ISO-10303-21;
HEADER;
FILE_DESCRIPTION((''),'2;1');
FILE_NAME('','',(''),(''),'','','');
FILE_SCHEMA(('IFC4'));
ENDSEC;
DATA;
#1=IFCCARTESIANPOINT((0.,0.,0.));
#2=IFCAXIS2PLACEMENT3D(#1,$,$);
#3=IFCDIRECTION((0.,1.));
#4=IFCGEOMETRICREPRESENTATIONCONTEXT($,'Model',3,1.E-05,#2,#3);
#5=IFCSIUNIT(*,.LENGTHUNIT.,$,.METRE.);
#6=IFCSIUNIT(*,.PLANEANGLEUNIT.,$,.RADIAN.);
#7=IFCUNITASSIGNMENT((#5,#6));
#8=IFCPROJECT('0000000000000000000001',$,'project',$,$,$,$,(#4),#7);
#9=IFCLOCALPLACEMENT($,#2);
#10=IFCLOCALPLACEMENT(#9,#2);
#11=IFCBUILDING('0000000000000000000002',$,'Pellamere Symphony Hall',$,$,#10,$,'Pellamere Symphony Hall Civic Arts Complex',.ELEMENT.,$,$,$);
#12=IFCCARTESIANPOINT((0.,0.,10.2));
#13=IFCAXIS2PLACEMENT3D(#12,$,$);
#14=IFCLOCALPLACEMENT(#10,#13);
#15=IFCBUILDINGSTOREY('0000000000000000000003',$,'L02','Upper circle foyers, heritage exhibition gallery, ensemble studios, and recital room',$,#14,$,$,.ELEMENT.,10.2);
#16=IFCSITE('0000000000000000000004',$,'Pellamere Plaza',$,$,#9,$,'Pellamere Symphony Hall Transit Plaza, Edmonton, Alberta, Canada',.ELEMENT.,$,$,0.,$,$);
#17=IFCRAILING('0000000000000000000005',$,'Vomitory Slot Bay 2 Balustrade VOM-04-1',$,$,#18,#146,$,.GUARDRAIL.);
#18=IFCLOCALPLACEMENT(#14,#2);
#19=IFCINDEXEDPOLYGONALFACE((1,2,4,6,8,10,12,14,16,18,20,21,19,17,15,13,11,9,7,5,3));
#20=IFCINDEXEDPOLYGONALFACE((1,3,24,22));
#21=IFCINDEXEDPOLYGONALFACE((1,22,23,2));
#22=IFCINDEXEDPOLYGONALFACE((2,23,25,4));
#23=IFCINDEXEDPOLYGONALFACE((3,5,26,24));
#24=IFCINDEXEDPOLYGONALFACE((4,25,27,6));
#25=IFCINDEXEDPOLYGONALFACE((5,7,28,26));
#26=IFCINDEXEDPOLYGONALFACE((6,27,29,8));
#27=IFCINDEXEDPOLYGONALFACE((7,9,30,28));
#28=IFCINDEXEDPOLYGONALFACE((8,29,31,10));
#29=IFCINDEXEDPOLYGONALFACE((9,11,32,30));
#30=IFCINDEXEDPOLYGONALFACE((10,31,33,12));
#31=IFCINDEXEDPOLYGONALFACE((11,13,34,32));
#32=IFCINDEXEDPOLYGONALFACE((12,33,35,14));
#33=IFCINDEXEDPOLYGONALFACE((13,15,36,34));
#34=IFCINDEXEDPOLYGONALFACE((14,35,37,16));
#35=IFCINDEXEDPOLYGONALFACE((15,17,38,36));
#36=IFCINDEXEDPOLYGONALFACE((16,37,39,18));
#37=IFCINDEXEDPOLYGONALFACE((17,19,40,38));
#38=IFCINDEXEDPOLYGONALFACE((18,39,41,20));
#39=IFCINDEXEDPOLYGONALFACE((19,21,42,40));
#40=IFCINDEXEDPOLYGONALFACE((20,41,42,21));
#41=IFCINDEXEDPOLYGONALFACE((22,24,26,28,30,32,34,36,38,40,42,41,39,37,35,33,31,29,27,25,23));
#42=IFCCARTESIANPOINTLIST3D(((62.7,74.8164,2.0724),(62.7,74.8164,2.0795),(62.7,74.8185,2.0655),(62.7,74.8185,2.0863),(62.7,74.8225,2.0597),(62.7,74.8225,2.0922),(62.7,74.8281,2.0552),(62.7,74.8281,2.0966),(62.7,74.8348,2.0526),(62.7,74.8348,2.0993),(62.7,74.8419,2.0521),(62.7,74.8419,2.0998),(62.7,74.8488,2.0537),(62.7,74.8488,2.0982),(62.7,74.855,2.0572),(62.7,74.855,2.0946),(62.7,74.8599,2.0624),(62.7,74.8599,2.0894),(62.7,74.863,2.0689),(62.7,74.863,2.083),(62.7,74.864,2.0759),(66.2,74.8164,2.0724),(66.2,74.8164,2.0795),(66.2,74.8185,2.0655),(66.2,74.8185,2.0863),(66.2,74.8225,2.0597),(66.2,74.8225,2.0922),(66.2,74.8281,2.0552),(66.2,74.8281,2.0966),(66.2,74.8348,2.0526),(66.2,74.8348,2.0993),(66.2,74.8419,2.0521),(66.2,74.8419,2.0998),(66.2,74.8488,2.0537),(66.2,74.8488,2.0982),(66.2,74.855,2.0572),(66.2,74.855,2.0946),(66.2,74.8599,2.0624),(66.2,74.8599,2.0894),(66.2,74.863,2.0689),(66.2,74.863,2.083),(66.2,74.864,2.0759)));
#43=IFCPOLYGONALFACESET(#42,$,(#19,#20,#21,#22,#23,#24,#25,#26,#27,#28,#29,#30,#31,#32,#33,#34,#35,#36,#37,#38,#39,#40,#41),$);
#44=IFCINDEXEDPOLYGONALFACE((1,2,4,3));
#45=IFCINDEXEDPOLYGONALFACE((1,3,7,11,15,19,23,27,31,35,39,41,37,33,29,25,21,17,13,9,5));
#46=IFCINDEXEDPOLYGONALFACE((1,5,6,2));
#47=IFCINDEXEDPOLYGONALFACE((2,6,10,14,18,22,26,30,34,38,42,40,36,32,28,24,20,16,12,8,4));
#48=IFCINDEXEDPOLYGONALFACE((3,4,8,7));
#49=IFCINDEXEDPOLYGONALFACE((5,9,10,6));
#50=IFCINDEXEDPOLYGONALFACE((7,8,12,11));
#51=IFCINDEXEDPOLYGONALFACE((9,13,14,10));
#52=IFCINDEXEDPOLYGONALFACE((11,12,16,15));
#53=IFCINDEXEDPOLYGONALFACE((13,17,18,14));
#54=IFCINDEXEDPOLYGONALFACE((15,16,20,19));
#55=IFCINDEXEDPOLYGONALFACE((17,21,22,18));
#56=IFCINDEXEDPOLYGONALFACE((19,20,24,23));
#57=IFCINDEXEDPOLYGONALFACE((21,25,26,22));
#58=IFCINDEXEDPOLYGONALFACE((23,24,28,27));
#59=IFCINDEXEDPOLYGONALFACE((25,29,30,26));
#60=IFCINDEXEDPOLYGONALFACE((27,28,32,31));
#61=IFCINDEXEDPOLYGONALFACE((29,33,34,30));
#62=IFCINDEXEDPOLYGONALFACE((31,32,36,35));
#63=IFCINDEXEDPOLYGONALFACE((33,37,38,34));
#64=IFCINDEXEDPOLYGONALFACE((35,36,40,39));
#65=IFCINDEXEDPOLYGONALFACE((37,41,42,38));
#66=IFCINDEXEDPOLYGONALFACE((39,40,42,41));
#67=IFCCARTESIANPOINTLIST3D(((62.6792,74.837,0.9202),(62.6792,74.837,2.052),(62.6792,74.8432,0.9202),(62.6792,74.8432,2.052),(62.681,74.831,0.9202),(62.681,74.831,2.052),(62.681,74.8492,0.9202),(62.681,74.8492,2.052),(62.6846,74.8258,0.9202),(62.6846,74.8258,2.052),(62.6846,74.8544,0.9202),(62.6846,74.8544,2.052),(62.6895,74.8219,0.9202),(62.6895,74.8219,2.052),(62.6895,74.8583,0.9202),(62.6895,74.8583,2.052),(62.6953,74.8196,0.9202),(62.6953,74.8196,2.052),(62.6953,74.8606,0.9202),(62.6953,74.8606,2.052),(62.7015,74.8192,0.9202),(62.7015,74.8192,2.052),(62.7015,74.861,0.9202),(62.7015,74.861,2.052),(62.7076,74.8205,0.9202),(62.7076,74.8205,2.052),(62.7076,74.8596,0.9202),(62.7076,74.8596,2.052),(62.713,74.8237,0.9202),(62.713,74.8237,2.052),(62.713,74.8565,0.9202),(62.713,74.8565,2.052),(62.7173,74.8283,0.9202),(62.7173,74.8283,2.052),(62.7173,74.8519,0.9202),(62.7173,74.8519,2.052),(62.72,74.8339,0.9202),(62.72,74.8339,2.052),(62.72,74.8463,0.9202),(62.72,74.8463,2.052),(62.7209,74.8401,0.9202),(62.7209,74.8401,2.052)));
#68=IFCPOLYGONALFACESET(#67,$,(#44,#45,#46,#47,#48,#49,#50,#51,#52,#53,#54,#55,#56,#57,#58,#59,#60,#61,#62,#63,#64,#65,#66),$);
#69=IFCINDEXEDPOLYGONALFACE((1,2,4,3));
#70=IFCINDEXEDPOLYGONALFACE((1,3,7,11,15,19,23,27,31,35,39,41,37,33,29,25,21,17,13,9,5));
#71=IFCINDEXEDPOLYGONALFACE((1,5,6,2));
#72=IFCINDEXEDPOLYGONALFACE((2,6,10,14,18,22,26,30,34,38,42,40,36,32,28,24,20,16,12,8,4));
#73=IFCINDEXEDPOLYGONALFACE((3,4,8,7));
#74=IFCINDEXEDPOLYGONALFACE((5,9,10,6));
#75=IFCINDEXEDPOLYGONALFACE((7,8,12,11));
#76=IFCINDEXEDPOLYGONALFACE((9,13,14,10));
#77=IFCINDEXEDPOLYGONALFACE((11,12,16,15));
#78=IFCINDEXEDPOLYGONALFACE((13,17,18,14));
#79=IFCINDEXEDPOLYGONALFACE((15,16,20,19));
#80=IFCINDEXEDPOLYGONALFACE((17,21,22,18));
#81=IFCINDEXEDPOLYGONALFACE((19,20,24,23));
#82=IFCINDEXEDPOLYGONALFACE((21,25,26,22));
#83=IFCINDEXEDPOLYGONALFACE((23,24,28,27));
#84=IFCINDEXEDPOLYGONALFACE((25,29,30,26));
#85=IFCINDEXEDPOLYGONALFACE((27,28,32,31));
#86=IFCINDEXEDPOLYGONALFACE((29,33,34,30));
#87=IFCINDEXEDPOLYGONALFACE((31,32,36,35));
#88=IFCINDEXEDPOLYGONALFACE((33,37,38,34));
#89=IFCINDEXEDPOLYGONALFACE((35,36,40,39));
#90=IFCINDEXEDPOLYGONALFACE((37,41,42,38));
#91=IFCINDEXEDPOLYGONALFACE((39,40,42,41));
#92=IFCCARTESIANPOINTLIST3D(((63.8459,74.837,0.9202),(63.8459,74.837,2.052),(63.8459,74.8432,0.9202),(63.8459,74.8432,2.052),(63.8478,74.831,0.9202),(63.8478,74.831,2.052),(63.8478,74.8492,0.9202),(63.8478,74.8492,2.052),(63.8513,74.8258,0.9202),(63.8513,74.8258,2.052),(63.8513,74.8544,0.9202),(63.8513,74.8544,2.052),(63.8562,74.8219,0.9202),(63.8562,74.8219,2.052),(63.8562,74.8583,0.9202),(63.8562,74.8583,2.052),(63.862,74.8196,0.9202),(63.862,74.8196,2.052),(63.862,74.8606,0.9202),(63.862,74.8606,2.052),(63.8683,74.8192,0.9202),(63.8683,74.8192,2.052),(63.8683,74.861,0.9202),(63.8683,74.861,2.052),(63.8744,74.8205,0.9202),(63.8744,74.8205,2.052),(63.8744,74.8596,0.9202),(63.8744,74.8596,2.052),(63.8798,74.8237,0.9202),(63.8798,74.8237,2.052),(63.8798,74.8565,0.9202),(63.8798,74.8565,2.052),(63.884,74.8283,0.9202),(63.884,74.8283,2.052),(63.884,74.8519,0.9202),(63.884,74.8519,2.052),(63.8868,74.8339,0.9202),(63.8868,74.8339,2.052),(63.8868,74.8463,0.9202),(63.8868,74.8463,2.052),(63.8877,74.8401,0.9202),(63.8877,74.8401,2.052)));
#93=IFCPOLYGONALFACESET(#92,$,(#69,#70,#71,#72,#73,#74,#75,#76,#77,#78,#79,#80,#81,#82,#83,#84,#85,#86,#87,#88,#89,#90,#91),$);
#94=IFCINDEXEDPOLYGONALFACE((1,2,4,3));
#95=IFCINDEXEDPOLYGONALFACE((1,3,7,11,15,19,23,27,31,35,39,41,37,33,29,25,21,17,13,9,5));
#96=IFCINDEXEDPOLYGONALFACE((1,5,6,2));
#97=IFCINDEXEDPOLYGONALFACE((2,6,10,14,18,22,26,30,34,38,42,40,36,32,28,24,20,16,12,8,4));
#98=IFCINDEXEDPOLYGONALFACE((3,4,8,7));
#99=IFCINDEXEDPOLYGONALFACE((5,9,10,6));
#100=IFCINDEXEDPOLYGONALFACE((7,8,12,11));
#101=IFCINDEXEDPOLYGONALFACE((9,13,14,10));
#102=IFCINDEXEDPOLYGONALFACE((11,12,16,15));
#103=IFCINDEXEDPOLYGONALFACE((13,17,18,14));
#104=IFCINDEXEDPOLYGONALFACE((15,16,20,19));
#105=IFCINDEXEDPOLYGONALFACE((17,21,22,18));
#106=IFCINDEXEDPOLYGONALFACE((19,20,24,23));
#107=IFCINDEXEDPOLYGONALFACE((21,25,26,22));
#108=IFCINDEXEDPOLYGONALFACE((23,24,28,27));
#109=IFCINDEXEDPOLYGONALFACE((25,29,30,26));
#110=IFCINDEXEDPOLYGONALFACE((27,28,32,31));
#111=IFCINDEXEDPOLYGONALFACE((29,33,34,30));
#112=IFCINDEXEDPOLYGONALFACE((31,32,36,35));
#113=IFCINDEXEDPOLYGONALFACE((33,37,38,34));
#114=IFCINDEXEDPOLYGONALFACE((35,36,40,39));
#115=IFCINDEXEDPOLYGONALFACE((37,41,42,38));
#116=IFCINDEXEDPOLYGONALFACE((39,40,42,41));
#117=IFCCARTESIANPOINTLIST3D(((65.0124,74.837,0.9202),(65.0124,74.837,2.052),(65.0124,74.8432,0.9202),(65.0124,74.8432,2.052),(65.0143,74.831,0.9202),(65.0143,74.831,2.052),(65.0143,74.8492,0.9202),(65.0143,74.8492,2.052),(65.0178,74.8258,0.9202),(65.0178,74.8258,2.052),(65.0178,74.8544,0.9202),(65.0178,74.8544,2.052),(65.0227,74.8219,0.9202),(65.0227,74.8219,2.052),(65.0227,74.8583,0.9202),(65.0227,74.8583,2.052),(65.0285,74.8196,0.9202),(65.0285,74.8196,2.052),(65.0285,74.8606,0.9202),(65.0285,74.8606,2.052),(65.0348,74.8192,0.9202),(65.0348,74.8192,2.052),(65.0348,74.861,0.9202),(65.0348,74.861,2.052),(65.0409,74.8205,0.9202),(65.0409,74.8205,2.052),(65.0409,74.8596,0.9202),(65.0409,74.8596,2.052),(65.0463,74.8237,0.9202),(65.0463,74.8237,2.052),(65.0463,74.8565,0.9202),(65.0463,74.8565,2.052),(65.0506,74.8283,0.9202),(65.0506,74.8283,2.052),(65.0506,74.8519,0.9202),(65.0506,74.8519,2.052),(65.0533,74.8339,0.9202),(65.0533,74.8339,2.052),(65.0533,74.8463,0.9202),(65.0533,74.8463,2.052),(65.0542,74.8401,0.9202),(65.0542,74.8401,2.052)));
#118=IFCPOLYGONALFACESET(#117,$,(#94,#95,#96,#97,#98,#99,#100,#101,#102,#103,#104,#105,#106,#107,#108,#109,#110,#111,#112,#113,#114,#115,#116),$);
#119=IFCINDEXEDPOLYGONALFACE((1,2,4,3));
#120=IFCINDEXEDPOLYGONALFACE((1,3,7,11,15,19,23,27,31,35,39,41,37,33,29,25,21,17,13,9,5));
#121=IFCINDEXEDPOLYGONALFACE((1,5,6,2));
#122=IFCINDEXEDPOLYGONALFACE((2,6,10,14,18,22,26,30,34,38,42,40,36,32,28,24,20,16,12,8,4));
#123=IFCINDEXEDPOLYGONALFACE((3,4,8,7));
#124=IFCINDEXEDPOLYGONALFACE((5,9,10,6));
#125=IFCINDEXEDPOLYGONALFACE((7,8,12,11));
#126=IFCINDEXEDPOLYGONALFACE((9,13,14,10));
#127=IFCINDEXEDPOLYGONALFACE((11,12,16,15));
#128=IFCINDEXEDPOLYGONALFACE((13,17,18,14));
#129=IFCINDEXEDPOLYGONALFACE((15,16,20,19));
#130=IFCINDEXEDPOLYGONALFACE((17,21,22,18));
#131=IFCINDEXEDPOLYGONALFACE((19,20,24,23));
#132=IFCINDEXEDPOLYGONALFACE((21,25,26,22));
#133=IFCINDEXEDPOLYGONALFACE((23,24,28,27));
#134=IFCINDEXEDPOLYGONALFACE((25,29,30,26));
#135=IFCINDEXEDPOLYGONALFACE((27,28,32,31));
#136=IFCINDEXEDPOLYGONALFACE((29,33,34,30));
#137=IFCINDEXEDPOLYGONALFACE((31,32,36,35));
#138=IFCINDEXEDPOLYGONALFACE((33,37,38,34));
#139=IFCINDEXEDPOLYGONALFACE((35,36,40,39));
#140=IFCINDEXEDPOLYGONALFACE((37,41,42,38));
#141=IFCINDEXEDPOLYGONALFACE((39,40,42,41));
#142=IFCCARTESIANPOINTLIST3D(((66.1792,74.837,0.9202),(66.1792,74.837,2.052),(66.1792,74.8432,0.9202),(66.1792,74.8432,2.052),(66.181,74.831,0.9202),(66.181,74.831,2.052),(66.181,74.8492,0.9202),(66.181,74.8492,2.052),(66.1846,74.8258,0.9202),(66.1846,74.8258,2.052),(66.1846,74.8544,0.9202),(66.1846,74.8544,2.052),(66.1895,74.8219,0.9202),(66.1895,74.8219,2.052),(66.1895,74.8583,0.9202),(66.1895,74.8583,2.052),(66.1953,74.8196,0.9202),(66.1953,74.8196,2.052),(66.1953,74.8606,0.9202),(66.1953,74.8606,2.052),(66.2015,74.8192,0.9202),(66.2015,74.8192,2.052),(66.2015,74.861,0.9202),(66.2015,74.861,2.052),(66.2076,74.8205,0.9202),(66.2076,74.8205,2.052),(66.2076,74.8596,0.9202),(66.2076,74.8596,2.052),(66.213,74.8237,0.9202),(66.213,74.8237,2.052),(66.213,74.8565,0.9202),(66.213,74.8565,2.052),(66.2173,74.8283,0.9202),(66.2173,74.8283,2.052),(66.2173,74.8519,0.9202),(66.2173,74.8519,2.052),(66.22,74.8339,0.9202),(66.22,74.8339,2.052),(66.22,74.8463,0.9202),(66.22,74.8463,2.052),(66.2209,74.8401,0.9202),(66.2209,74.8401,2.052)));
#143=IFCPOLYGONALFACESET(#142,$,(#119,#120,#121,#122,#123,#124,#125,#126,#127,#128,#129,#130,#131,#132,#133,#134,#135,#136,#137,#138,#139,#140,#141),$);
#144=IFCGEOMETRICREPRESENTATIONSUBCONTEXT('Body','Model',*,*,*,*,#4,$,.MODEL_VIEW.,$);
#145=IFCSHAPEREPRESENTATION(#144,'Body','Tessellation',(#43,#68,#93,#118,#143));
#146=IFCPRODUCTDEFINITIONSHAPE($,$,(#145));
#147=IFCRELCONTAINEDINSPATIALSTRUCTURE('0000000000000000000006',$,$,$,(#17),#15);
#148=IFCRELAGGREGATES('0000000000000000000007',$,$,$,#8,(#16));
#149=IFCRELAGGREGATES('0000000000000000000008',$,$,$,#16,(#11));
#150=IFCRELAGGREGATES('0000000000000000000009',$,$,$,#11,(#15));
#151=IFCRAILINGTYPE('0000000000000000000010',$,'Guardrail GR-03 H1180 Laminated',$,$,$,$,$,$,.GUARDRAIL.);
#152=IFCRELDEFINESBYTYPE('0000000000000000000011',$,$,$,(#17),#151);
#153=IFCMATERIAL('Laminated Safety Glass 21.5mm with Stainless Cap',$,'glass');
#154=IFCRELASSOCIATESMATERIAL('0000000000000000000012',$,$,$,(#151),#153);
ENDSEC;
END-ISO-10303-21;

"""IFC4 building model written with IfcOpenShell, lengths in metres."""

from ifc_helpers import new_model, si_unit, direction, frame, origin, origin_2d, place, context, subcontext, project, spatial, circle, extrude, material, type_object, element, save


model = new_model("IFC4")

# Units and contexts
model_context = context("Model", 3, precision=1e-05, world=origin(), true_north=direction((0.0, 1.0)))
body_context = subcontext(model_context, "Body", "Model", "MODEL_VIEW")
ifc_project = project(units=[si_unit("LENGTHUNIT", "METRE"), si_unit("PLANEANGLEUNIT", "RADIAN")], contexts=[model_context])

# Site, building, storey
site_placement = place(None, origin())
site = spatial("IfcSite", under=ifc_project, at=site_placement, Name="Pellamere Plaza", LongName="Pellamere Symphony Hall Transit Plaza, Edmonton, Alberta, Canada", CompositionType="ELEMENT", RefElevation=0.0)
building_placement = place(site_placement, origin())
building = spatial("IfcBuilding", under=site, at=building_placement, Name="Pellamere Symphony Hall", LongName="Pellamere Symphony Hall Civic Arts Complex", CompositionType="ELEMENT")
storey_placement = place(building_placement, frame((0.0, 0.0, 10.2)))
storey = spatial("IfcBuildingStorey", under=building, at=storey_placement, Name="L02", Description="Upper circle foyers, heritage exhibition gallery, ensemble studios, and recital room", CompositionType="ELEMENT", Elevation=10.2)

# Railing
ifc_material_1 = material(Name="Laminated Safety Glass 21.5mm with Stainless Cap", Category="glass")
railing_type = type_object("IfcRailingType", Name="Guardrail GR-03 H1180 Laminated", PredefinedType="GUARDRAIL", material=ifc_material_1)
railing_1_placement = place(storey_placement, frame((62.7, 74.8401, 0.9202)))
element("IfcRailing", 1, at=railing_1_placement, inside=storey, type_object=railing_type, Name="Vomitory Slot Bay 2 Balustrade VOM-04-1", PredefinedType="GUARDRAIL", context=body_context, shape_type="SweptSolid", body=[
    extrude(circle(Radius=0.0239, at=origin_2d()), frame((0.0, 0.0, 1.1558), z_axis=(1.0, 0.0, 0.0), x_axis=(0.0, 1.0, 0.0)), (0.0, 0.0, 1.0), 3.5),
    extrude(circle(Radius=0.021, at=origin_2d()), origin(), (0.0, 0.0, 1.0), 1.1318),
    extrude(circle(Radius=0.021, at=origin_2d()), frame((1.1667, 0.0, 0.0)), (0.0, 0.0, 1.0), 1.1318),
    extrude(circle(Radius=0.021, at=origin_2d()), frame((2.3333, 0.0, 0.0)), (0.0, 0.0, 1.0), 1.1318),
    extrude(circle(Radius=0.021, at=origin_2d()), frame((3.5, 0.0, 0.0)), (0.0, 0.0, 1.0), 1.1318),
])

save(model, "model.ifc")
